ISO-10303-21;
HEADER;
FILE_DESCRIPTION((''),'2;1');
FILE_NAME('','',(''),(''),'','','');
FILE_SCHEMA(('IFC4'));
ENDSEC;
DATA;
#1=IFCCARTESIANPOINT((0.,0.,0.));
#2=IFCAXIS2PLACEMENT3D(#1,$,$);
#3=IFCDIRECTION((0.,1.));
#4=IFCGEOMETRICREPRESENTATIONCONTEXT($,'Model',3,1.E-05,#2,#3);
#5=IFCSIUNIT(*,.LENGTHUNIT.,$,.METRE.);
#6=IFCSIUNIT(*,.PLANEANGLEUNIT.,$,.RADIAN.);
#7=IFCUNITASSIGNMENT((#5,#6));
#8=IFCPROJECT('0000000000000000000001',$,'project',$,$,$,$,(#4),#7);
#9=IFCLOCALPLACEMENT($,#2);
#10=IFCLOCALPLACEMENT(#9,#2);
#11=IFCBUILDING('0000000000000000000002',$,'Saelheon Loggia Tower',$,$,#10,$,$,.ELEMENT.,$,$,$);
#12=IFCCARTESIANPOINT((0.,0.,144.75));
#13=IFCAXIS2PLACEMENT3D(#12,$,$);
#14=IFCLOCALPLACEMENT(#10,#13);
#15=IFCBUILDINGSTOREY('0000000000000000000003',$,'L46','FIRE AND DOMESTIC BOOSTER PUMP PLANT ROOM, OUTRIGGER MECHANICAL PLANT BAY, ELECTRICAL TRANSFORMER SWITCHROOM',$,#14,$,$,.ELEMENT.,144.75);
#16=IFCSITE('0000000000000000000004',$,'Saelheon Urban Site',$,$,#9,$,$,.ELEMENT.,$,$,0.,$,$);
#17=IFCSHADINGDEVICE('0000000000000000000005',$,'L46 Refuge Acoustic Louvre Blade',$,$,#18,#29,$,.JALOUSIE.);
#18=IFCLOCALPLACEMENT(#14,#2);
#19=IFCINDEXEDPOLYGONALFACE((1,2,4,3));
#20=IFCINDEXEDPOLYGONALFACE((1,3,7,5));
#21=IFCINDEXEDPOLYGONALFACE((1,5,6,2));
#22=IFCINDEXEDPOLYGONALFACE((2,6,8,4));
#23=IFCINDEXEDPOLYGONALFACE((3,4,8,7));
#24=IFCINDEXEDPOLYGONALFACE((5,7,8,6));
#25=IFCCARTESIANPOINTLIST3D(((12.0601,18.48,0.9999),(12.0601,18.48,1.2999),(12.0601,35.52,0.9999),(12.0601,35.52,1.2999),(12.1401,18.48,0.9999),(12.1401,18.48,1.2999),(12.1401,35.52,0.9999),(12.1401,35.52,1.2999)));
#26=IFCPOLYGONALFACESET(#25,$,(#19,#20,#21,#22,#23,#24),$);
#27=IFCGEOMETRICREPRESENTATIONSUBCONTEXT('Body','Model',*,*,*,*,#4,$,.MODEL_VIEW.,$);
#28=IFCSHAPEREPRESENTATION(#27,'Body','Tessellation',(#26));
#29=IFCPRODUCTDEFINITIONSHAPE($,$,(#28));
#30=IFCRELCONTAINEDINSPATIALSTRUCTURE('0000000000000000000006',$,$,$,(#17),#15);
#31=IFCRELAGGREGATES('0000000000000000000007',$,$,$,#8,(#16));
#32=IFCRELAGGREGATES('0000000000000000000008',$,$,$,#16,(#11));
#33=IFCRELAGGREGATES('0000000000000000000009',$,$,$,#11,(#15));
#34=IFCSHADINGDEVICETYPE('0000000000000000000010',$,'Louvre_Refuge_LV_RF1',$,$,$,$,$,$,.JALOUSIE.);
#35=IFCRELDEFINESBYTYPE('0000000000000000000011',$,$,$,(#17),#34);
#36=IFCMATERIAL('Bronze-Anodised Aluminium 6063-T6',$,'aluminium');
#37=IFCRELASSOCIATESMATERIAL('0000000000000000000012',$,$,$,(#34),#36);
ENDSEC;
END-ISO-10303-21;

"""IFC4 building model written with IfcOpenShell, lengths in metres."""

from ifc_helpers import new_model, si_unit, direction, frame, origin, origin_2d, place, context, subcontext, project, spatial, rectangle, extrude, source, transform, mapped, material, material_profile, profile_set, type_object, element, save


model = new_model("IFC4")

# Units and contexts
model_context = context("Model", 3, precision=1e-05, world=origin(), true_north=direction((0.0, 1.0)))
body_context = subcontext(model_context, "Body", "Model", "MODEL_VIEW")
ifc_project = project(units=[si_unit("LENGTHUNIT", "METRE"), si_unit("PLANEANGLEUNIT", "RADIAN")], contexts=[model_context])

# Site, building, storey
site_placement = place(None, origin())
site = spatial("IfcSite", under=ifc_project, at=site_placement, Name="Saelheon Urban Site", CompositionType="ELEMENT", RefElevation=0.0)
building_placement = place(site_placement, origin())
building = spatial("IfcBuilding", under=site, at=building_placement, Name="Saelheon Loggia Tower", CompositionType="ELEMENT")
storey_placement = place(building_placement, frame((0.0, 0.0, 144.75)))
storey = spatial("IfcBuildingStorey", under=building, at=storey_placement, Name="L46", Description="FIRE AND DOMESTIC BOOSTER PUMP PLANT ROOM, OUTRIGGER MECHANICAL PLANT BAY, ELECTRICAL TRANSFORMER SWITCHROOM", CompositionType="ELEMENT", Elevation=144.75)

# Shading device
ifc_material_1 = material(Name="Bronze-Anodised Aluminium 6063-T6", Category="aluminium")
ifc_material_profile_1 = material_profile(ifc_material_1, rectangle(XDim=0.0801, YDim=0.3, at=origin_2d()), Name="Louvre_Refuge_LV_RF1")
ifc_profile_set_1 = profile_set([ifc_material_profile_1], Name="Bronze-Anodised Aluminium 6063-T6")
shading_device_type = type_object("IfcShadingDeviceType", Name="Louvre_Refuge_LV_RF1", PredefinedType="JALOUSIE", material=ifc_profile_set_1)
shared_shape_1 = source(origin(), body_context, "Body", "SweptSolid", [
    extrude(rectangle(XDim=0.0801, YDim=0.3, at=origin_2d()), origin(), (0.0, 0.0, 1.0), 17.04),
])
shading_device_placement = place(storey_placement, frame((12.1001, 18.48, 1.1499), z_axis=(0.0, 1.0, 0.0), x_axis=(-1.0, 0.0, 0.0)))
element("IfcShadingDevice", 1, at=shading_device_placement, inside=storey, type_object=shading_device_type, Name="L46 Refuge Acoustic Louvre Blade", PredefinedType="JALOUSIE", context=body_context, shape_type="MappedRepresentation", body=[
    mapped(shared_shape_1, transform((0.0, 0.0, 0.0), scale=1.0)),
])

save(model, "model.ifc")
